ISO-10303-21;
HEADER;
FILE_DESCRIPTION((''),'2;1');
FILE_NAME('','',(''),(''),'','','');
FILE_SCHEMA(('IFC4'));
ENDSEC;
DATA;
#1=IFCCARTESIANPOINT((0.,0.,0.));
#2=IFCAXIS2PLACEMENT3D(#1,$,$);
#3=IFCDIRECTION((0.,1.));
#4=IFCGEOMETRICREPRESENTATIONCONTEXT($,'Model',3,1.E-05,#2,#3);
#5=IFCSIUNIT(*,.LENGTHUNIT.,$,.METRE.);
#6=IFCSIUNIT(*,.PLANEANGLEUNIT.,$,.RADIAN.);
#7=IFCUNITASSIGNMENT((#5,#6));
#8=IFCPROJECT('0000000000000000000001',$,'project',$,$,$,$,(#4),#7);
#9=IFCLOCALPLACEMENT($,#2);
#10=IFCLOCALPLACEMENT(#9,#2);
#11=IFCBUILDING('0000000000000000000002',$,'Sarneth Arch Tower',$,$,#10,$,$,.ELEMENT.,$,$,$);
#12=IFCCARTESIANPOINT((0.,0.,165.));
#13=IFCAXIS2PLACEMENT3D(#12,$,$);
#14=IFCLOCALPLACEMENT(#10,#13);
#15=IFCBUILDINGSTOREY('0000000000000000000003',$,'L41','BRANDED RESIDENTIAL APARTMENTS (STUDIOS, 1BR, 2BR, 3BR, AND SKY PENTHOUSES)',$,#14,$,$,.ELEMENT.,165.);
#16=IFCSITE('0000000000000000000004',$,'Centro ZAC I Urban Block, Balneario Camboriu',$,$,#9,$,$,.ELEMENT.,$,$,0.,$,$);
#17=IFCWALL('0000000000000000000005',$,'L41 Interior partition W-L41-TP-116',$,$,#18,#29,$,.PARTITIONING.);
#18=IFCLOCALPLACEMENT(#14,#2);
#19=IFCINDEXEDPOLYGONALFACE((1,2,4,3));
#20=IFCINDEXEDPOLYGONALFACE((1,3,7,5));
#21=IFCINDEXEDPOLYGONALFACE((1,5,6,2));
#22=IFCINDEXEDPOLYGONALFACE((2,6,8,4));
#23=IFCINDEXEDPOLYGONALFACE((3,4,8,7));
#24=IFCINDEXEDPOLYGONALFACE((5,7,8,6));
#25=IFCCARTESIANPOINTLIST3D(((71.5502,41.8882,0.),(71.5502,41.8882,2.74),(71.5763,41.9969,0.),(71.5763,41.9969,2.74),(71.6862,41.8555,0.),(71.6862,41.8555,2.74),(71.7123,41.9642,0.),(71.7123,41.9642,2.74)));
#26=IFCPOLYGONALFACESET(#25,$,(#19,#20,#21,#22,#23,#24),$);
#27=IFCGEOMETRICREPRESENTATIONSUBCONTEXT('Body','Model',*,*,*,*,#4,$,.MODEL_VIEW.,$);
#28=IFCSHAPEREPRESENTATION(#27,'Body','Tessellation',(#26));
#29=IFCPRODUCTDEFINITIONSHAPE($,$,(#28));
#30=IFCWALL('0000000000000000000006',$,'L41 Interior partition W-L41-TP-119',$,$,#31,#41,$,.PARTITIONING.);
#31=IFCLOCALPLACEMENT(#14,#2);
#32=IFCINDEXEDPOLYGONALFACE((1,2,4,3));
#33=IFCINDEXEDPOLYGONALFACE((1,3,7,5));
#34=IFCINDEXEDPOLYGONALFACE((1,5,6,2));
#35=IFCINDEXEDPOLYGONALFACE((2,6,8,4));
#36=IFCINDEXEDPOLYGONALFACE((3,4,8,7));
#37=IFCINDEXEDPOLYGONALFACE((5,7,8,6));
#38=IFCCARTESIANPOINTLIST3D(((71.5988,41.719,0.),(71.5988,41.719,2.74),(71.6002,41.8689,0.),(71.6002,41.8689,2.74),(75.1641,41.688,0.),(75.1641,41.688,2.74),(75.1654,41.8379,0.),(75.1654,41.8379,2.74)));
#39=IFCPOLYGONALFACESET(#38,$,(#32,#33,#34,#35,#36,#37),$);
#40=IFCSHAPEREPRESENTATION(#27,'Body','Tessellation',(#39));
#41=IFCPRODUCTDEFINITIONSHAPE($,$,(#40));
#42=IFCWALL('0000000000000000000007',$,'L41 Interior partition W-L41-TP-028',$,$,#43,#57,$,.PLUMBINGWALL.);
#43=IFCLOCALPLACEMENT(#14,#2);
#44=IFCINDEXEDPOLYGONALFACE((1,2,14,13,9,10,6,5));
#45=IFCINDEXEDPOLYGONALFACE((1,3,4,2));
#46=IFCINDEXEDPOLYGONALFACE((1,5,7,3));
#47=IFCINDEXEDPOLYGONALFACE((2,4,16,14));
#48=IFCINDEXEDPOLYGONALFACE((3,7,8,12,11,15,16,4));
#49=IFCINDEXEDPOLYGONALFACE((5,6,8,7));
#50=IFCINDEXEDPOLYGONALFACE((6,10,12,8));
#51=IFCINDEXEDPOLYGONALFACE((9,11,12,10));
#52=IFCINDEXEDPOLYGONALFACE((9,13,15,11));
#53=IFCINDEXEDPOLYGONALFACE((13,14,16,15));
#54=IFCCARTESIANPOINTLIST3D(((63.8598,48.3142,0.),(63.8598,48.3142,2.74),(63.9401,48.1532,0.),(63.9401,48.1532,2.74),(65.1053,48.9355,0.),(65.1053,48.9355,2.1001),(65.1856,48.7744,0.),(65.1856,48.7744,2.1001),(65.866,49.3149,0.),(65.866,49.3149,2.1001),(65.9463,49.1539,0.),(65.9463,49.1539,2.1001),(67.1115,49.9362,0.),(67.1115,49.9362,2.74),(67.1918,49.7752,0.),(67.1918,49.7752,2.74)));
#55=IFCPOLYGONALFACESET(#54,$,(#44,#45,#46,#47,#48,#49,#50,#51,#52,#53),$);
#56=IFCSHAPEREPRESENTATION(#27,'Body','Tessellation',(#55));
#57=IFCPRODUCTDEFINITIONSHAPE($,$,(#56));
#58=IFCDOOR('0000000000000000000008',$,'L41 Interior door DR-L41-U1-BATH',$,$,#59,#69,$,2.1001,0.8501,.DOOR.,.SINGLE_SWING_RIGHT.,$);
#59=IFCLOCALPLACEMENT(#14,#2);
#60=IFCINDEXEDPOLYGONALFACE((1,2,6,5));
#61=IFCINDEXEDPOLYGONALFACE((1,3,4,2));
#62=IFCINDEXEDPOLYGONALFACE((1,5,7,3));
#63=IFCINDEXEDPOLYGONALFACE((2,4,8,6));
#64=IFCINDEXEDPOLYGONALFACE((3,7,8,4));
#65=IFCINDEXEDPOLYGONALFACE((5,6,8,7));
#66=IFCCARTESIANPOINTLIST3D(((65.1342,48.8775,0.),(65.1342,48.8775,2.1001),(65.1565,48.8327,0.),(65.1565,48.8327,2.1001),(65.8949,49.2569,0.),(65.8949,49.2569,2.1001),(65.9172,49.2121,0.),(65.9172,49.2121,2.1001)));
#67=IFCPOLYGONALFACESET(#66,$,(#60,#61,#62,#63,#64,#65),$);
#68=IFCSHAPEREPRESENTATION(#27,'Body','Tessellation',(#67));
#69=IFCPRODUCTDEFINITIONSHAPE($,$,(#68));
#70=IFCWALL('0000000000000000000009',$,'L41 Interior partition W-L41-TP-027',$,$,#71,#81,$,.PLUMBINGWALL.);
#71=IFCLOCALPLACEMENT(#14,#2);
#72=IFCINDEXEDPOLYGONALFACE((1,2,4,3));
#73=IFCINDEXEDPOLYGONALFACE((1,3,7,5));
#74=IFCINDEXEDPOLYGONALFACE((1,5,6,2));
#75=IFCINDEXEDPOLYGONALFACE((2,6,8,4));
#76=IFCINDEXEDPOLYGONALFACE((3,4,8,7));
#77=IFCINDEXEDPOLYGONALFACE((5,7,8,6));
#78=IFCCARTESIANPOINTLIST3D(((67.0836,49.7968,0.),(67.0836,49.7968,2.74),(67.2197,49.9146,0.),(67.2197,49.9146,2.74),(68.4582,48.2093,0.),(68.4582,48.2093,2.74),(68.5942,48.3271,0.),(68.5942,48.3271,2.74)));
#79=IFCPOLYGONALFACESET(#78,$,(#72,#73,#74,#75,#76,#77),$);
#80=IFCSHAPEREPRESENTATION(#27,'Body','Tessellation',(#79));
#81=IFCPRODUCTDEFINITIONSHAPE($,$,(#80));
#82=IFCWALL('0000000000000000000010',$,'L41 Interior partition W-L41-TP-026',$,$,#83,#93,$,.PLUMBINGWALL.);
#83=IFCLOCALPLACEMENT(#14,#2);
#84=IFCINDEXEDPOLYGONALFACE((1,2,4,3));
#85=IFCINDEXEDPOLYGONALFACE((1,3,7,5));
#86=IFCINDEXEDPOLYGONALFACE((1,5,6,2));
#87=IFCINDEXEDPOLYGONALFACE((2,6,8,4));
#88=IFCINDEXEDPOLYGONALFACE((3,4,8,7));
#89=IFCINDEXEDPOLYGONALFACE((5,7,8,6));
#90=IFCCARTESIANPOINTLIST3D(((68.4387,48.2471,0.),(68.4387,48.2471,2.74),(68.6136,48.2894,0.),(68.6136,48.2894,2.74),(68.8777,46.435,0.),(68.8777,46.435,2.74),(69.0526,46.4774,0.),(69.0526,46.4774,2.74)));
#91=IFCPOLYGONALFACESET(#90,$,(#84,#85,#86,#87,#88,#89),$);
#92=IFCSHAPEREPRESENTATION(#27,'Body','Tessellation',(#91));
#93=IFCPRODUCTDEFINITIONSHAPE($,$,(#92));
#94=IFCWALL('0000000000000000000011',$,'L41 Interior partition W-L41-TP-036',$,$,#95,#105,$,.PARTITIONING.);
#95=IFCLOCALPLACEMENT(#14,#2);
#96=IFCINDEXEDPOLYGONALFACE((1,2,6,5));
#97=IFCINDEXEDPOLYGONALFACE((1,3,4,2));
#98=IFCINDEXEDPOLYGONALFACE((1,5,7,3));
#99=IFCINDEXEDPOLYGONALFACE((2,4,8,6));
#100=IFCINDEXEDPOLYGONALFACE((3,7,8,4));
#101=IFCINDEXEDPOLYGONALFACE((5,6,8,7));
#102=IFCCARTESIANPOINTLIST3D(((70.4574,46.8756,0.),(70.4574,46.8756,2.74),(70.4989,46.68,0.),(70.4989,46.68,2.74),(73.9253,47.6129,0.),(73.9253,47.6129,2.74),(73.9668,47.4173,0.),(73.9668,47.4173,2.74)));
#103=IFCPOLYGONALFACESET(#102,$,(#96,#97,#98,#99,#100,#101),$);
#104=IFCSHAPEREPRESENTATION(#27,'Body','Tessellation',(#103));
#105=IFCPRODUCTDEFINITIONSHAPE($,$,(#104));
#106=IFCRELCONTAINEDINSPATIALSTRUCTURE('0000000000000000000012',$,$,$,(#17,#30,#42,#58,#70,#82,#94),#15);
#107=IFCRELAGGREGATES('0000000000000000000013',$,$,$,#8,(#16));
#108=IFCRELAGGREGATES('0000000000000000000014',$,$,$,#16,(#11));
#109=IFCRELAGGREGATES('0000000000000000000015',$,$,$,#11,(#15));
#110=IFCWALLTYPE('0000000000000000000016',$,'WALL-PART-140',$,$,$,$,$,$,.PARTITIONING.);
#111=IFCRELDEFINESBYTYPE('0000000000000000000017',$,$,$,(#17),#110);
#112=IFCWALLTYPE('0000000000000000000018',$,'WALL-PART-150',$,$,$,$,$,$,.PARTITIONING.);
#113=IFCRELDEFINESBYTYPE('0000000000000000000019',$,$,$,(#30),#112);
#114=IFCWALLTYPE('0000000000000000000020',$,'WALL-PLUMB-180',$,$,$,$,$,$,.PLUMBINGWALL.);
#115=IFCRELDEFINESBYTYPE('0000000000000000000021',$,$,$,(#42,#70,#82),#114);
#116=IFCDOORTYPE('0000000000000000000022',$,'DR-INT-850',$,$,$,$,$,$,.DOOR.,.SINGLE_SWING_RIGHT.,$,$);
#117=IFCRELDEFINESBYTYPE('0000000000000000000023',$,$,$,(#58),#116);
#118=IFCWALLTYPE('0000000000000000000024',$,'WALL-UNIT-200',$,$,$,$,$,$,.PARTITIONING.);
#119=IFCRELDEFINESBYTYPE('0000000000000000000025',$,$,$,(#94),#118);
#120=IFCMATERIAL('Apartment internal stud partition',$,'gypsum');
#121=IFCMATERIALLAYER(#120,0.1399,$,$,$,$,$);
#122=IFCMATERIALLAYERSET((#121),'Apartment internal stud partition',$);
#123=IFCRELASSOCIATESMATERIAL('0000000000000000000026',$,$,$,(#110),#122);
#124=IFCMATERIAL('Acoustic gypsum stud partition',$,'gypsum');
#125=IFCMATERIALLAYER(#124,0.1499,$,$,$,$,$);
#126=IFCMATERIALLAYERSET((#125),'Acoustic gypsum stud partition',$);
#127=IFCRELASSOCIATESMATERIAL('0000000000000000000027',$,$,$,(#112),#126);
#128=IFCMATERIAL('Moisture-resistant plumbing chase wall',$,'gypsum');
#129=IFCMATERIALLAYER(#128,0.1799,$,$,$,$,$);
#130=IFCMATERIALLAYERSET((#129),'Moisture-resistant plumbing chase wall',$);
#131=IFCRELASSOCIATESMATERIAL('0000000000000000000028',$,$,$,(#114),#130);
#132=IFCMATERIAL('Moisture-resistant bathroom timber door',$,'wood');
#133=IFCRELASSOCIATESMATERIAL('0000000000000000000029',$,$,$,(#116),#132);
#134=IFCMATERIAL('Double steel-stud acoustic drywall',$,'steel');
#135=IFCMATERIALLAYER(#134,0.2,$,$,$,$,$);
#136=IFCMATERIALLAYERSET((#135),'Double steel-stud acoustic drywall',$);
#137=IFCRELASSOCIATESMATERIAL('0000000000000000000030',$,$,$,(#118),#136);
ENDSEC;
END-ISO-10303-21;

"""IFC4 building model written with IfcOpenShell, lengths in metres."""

from ifc_helpers import new_model, si_unit, direction, frame, frame_2d, origin, place, context, subcontext, project, spatial, rectangle, extrude, material, layer, layer_set, type_object, element, fill, save


model = new_model("IFC4")

# Units and contexts
model_context = context("Model", 3, precision=1e-05, world=origin(), true_north=direction((0.0, 1.0)))
body_context = subcontext(model_context, "Body", "Model", "MODEL_VIEW")
ifc_project = project(units=[si_unit("LENGTHUNIT", "METRE"), si_unit("PLANEANGLEUNIT", "RADIAN")], contexts=[model_context])

# Site, building, storey
site_placement = place(None, origin())
site = spatial("IfcSite", under=ifc_project, at=site_placement, Name="Centro ZAC I Urban Block, Balneario Camboriu", CompositionType="ELEMENT", RefElevation=0.0)
building_placement = place(site_placement, origin())
building = spatial("IfcBuilding", under=site, at=building_placement, Name="Sarneth Arch Tower", CompositionType="ELEMENT")
storey_placement = place(building_placement, frame((0.0, 0.0, 165.0)))
storey = spatial("IfcBuildingStorey", under=building, at=storey_placement, Name="L41", Description="BRANDED RESIDENTIAL APARTMENTS (STUDIOS, 1BR, 2BR, 3BR, AND SKY PENTHOUSES)", CompositionType="ELEMENT", Elevation=165.0)

# Shared definitions
ifc_material_1 = material(Name="Apartment internal stud partition", Category="gypsum")
ifc_layer_1 = layer(ifc_material_1, 0.1399)
ifc_layer_set_1 = layer_set([ifc_layer_1], Name="Apartment internal stud partition")
wall_type_1 = type_object("IfcWallType", Name="WALL-PART-140", PredefinedType="PARTITIONING", material=ifc_layer_set_1)

# Walls
wall_1_placement = place(storey_placement, frame((71.6182, 41.8718, 0.0), z_axis=(0.0, 0.0, 1.0), x_axis=(0.233786, 0.972288, 0.0)))
element("IfcWall", 1, at=wall_1_placement, inside=storey, type_object=wall_type_1, Name="L41 Interior partition W-L41-TP-116", PredefinedType="PARTITIONING", context=body_context, shape_type="SweptSolid", body=[
    extrude(rectangle(XDim=0.1118, YDim=0.1399, at=frame_2d((0.0559, 0.0))), origin(), (0.0, 0.0, 1.0), 2.74),
])
ifc_material_2 = material(Name="Acoustic gypsum stud partition", Category="gypsum")
ifc_layer_2 = layer(ifc_material_2, 0.1499)
ifc_layer_set_2 = layer_set([ifc_layer_2], Name="Acoustic gypsum stud partition")
wall_type_2 = type_object("IfcWallType", Name="WALL-PART-150", PredefinedType="PARTITIONING", material=ifc_layer_set_2)
wall_2_placement = place(storey_placement, frame((75.1648, 41.7629, 0.0), z_axis=(0.0, 0.0, 1.0), x_axis=(-0.999962, 0.008697, 0.0)))
element("IfcWall", 2, at=wall_2_placement, inside=storey, type_object=wall_type_2, Name="L41 Interior partition W-L41-TP-119", PredefinedType="PARTITIONING", context=body_context, shape_type="SweptSolid", body=[
    extrude(rectangle(XDim=3.5654, YDim=0.1499, at=frame_2d((1.7827, 0.0))), origin(), (0.0, 0.0, 1.0), 2.74),
])

# Wall, opening, door
ifc_material_3 = material(Name="Moisture-resistant plumbing chase wall", Category="gypsum")
ifc_layer_3 = layer(ifc_material_3, 0.1799)
ifc_layer_set_3 = layer_set([ifc_layer_3], Name="Moisture-resistant plumbing chase wall")
wall_type_3 = type_object("IfcWallType", Name="WALL-PLUMB-180", PredefinedType="PLUMBINGWALL", material=ifc_layer_set_3)
wall_3_placement = place(storey_placement, frame((67.1516, 49.8557, 0.0), z_axis=(0.0, 0.0, 1.0), x_axis=(-0.894843, -0.44638, 0.0)))
wall_3 = element("IfcWall", 3, at=wall_3_placement, inside=storey, type_object=wall_type_3, Name="L41 Interior partition W-L41-TP-028", PredefinedType="PLUMBINGWALL", context=body_context, shape_type="SweptSolid", body=[
    extrude(rectangle(XDim=3.6338, YDim=0.1799, at=frame_2d((1.8169, 0.0))), origin(), (0.0, 0.0, 1.0), 2.74),
])
opening_1_placement = place(wall_3_placement, frame((1.3918, 0.0, 0.0)))
opening_1 = element("IfcOpeningElement", 4, at=opening_1_placement, cuts=wall_3, PredefinedType="OPENING", context=body_context, shape_type="SweptSolid", body=[
    extrude(rectangle(XDim=0.8501, YDim=2.1001, at=frame_2d((0.425, 1.05))), frame((0.0, 0.0999, 0.0), z_axis=(0.0, -1.0, 0.0), x_axis=(1.0, 0.0, 0.0)), (0.0, 0.0, 1.0), 0.2),
])
ifc_material_4 = material(Name="Moisture-resistant bathroom timber door", Category="wood")
door_type_1 = type_object("IfcDoorType", Name="DR-INT-850", OperationType="SINGLE_SWING_RIGHT", PredefinedType="DOOR", material=ifc_material_4)
door_1_placement = place(opening_1_placement, origin())
door_1 = element("IfcDoor", 5, at=door_1_placement, inside=storey, type_object=door_type_1, Name="L41 Interior door DR-L41-U1-BATH", OperationType="SINGLE_SWING_RIGHT", OverallHeight=2.1001, OverallWidth=0.8501, PredefinedType="DOOR", context=body_context, shape_type="SweptSolid", body=[
    extrude(rectangle(XDim=0.8501, YDim=2.1001, at=frame_2d((0.425, 1.05))), frame((0.0, 0.0249, 0.0), z_axis=(0.0, -1.0, 0.0), x_axis=(1.0, 0.0, 0.0)), (0.0, 0.0, 1.0), 0.05),
])
fill(opening_1, door_1)

# Walls
wall_4_placement = place(storey_placement, frame((68.5261, 48.2683, 0.0), z_axis=(0.0, 0.0, 1.0), x_axis=(-0.654594, 0.755981, 0.0)))
element("IfcWall", 6, at=wall_4_placement, inside=storey, type_object=wall_type_3, Name="L41 Interior partition W-L41-TP-027", PredefinedType="PLUMBINGWALL", context=body_context, shape_type="SweptSolid", body=[
    extrude(rectangle(XDim=2.0999, YDim=0.1799, at=frame_2d((1.0498, 0.0))), origin(), (0.0, 0.0, 1.0), 2.74),
])
wall_5_placement = place(storey_placement, frame((68.9651, 46.4563, 0.0), z_axis=(0.0, 0.0, 1.0), x_axis=(-0.235443, 0.971888, 0.0)))
element("IfcWall", 7, at=wall_5_placement, inside=storey, type_object=wall_type_3, Name="L41 Interior partition W-L41-TP-026", PredefinedType="PLUMBINGWALL", context=body_context, shape_type="SweptSolid", body=[
    extrude(rectangle(XDim=1.8645, YDim=0.1799, at=frame_2d((0.9321, 0.0))), origin(), (0.0, 0.0, 1.0), 2.74),
])
ifc_material_5 = material(Name="Double steel-stud acoustic drywall", Category="steel")
ifc_layer_4 = layer(ifc_material_5, 0.2)
ifc_layer_set_4 = layer_set([ifc_layer_4], Name="Double steel-stud acoustic drywall")
wall_type_4 = type_object("IfcWallType", Name="WALL-UNIT-200", PredefinedType="PARTITIONING", material=ifc_layer_set_4)
wall_6_placement = place(storey_placement, frame((73.946, 47.5151, 0.0), z_axis=(0.0, 0.0, 1.0), x_axis=(-0.978136, -0.207967, 0.0)))
element("IfcWall", 8, at=wall_6_placement, inside=storey, type_object=wall_type_4, Name="L41 Interior partition W-L41-TP-036", PredefinedType="PARTITIONING", context=body_context, shape_type="SweptSolid", body=[
    extrude(rectangle(XDim=3.5454, YDim=0.2, at=frame_2d((1.7727, 0.0))), origin(), (0.0, 0.0, 1.0), 2.74),
])

save(model, "model.ifc")
